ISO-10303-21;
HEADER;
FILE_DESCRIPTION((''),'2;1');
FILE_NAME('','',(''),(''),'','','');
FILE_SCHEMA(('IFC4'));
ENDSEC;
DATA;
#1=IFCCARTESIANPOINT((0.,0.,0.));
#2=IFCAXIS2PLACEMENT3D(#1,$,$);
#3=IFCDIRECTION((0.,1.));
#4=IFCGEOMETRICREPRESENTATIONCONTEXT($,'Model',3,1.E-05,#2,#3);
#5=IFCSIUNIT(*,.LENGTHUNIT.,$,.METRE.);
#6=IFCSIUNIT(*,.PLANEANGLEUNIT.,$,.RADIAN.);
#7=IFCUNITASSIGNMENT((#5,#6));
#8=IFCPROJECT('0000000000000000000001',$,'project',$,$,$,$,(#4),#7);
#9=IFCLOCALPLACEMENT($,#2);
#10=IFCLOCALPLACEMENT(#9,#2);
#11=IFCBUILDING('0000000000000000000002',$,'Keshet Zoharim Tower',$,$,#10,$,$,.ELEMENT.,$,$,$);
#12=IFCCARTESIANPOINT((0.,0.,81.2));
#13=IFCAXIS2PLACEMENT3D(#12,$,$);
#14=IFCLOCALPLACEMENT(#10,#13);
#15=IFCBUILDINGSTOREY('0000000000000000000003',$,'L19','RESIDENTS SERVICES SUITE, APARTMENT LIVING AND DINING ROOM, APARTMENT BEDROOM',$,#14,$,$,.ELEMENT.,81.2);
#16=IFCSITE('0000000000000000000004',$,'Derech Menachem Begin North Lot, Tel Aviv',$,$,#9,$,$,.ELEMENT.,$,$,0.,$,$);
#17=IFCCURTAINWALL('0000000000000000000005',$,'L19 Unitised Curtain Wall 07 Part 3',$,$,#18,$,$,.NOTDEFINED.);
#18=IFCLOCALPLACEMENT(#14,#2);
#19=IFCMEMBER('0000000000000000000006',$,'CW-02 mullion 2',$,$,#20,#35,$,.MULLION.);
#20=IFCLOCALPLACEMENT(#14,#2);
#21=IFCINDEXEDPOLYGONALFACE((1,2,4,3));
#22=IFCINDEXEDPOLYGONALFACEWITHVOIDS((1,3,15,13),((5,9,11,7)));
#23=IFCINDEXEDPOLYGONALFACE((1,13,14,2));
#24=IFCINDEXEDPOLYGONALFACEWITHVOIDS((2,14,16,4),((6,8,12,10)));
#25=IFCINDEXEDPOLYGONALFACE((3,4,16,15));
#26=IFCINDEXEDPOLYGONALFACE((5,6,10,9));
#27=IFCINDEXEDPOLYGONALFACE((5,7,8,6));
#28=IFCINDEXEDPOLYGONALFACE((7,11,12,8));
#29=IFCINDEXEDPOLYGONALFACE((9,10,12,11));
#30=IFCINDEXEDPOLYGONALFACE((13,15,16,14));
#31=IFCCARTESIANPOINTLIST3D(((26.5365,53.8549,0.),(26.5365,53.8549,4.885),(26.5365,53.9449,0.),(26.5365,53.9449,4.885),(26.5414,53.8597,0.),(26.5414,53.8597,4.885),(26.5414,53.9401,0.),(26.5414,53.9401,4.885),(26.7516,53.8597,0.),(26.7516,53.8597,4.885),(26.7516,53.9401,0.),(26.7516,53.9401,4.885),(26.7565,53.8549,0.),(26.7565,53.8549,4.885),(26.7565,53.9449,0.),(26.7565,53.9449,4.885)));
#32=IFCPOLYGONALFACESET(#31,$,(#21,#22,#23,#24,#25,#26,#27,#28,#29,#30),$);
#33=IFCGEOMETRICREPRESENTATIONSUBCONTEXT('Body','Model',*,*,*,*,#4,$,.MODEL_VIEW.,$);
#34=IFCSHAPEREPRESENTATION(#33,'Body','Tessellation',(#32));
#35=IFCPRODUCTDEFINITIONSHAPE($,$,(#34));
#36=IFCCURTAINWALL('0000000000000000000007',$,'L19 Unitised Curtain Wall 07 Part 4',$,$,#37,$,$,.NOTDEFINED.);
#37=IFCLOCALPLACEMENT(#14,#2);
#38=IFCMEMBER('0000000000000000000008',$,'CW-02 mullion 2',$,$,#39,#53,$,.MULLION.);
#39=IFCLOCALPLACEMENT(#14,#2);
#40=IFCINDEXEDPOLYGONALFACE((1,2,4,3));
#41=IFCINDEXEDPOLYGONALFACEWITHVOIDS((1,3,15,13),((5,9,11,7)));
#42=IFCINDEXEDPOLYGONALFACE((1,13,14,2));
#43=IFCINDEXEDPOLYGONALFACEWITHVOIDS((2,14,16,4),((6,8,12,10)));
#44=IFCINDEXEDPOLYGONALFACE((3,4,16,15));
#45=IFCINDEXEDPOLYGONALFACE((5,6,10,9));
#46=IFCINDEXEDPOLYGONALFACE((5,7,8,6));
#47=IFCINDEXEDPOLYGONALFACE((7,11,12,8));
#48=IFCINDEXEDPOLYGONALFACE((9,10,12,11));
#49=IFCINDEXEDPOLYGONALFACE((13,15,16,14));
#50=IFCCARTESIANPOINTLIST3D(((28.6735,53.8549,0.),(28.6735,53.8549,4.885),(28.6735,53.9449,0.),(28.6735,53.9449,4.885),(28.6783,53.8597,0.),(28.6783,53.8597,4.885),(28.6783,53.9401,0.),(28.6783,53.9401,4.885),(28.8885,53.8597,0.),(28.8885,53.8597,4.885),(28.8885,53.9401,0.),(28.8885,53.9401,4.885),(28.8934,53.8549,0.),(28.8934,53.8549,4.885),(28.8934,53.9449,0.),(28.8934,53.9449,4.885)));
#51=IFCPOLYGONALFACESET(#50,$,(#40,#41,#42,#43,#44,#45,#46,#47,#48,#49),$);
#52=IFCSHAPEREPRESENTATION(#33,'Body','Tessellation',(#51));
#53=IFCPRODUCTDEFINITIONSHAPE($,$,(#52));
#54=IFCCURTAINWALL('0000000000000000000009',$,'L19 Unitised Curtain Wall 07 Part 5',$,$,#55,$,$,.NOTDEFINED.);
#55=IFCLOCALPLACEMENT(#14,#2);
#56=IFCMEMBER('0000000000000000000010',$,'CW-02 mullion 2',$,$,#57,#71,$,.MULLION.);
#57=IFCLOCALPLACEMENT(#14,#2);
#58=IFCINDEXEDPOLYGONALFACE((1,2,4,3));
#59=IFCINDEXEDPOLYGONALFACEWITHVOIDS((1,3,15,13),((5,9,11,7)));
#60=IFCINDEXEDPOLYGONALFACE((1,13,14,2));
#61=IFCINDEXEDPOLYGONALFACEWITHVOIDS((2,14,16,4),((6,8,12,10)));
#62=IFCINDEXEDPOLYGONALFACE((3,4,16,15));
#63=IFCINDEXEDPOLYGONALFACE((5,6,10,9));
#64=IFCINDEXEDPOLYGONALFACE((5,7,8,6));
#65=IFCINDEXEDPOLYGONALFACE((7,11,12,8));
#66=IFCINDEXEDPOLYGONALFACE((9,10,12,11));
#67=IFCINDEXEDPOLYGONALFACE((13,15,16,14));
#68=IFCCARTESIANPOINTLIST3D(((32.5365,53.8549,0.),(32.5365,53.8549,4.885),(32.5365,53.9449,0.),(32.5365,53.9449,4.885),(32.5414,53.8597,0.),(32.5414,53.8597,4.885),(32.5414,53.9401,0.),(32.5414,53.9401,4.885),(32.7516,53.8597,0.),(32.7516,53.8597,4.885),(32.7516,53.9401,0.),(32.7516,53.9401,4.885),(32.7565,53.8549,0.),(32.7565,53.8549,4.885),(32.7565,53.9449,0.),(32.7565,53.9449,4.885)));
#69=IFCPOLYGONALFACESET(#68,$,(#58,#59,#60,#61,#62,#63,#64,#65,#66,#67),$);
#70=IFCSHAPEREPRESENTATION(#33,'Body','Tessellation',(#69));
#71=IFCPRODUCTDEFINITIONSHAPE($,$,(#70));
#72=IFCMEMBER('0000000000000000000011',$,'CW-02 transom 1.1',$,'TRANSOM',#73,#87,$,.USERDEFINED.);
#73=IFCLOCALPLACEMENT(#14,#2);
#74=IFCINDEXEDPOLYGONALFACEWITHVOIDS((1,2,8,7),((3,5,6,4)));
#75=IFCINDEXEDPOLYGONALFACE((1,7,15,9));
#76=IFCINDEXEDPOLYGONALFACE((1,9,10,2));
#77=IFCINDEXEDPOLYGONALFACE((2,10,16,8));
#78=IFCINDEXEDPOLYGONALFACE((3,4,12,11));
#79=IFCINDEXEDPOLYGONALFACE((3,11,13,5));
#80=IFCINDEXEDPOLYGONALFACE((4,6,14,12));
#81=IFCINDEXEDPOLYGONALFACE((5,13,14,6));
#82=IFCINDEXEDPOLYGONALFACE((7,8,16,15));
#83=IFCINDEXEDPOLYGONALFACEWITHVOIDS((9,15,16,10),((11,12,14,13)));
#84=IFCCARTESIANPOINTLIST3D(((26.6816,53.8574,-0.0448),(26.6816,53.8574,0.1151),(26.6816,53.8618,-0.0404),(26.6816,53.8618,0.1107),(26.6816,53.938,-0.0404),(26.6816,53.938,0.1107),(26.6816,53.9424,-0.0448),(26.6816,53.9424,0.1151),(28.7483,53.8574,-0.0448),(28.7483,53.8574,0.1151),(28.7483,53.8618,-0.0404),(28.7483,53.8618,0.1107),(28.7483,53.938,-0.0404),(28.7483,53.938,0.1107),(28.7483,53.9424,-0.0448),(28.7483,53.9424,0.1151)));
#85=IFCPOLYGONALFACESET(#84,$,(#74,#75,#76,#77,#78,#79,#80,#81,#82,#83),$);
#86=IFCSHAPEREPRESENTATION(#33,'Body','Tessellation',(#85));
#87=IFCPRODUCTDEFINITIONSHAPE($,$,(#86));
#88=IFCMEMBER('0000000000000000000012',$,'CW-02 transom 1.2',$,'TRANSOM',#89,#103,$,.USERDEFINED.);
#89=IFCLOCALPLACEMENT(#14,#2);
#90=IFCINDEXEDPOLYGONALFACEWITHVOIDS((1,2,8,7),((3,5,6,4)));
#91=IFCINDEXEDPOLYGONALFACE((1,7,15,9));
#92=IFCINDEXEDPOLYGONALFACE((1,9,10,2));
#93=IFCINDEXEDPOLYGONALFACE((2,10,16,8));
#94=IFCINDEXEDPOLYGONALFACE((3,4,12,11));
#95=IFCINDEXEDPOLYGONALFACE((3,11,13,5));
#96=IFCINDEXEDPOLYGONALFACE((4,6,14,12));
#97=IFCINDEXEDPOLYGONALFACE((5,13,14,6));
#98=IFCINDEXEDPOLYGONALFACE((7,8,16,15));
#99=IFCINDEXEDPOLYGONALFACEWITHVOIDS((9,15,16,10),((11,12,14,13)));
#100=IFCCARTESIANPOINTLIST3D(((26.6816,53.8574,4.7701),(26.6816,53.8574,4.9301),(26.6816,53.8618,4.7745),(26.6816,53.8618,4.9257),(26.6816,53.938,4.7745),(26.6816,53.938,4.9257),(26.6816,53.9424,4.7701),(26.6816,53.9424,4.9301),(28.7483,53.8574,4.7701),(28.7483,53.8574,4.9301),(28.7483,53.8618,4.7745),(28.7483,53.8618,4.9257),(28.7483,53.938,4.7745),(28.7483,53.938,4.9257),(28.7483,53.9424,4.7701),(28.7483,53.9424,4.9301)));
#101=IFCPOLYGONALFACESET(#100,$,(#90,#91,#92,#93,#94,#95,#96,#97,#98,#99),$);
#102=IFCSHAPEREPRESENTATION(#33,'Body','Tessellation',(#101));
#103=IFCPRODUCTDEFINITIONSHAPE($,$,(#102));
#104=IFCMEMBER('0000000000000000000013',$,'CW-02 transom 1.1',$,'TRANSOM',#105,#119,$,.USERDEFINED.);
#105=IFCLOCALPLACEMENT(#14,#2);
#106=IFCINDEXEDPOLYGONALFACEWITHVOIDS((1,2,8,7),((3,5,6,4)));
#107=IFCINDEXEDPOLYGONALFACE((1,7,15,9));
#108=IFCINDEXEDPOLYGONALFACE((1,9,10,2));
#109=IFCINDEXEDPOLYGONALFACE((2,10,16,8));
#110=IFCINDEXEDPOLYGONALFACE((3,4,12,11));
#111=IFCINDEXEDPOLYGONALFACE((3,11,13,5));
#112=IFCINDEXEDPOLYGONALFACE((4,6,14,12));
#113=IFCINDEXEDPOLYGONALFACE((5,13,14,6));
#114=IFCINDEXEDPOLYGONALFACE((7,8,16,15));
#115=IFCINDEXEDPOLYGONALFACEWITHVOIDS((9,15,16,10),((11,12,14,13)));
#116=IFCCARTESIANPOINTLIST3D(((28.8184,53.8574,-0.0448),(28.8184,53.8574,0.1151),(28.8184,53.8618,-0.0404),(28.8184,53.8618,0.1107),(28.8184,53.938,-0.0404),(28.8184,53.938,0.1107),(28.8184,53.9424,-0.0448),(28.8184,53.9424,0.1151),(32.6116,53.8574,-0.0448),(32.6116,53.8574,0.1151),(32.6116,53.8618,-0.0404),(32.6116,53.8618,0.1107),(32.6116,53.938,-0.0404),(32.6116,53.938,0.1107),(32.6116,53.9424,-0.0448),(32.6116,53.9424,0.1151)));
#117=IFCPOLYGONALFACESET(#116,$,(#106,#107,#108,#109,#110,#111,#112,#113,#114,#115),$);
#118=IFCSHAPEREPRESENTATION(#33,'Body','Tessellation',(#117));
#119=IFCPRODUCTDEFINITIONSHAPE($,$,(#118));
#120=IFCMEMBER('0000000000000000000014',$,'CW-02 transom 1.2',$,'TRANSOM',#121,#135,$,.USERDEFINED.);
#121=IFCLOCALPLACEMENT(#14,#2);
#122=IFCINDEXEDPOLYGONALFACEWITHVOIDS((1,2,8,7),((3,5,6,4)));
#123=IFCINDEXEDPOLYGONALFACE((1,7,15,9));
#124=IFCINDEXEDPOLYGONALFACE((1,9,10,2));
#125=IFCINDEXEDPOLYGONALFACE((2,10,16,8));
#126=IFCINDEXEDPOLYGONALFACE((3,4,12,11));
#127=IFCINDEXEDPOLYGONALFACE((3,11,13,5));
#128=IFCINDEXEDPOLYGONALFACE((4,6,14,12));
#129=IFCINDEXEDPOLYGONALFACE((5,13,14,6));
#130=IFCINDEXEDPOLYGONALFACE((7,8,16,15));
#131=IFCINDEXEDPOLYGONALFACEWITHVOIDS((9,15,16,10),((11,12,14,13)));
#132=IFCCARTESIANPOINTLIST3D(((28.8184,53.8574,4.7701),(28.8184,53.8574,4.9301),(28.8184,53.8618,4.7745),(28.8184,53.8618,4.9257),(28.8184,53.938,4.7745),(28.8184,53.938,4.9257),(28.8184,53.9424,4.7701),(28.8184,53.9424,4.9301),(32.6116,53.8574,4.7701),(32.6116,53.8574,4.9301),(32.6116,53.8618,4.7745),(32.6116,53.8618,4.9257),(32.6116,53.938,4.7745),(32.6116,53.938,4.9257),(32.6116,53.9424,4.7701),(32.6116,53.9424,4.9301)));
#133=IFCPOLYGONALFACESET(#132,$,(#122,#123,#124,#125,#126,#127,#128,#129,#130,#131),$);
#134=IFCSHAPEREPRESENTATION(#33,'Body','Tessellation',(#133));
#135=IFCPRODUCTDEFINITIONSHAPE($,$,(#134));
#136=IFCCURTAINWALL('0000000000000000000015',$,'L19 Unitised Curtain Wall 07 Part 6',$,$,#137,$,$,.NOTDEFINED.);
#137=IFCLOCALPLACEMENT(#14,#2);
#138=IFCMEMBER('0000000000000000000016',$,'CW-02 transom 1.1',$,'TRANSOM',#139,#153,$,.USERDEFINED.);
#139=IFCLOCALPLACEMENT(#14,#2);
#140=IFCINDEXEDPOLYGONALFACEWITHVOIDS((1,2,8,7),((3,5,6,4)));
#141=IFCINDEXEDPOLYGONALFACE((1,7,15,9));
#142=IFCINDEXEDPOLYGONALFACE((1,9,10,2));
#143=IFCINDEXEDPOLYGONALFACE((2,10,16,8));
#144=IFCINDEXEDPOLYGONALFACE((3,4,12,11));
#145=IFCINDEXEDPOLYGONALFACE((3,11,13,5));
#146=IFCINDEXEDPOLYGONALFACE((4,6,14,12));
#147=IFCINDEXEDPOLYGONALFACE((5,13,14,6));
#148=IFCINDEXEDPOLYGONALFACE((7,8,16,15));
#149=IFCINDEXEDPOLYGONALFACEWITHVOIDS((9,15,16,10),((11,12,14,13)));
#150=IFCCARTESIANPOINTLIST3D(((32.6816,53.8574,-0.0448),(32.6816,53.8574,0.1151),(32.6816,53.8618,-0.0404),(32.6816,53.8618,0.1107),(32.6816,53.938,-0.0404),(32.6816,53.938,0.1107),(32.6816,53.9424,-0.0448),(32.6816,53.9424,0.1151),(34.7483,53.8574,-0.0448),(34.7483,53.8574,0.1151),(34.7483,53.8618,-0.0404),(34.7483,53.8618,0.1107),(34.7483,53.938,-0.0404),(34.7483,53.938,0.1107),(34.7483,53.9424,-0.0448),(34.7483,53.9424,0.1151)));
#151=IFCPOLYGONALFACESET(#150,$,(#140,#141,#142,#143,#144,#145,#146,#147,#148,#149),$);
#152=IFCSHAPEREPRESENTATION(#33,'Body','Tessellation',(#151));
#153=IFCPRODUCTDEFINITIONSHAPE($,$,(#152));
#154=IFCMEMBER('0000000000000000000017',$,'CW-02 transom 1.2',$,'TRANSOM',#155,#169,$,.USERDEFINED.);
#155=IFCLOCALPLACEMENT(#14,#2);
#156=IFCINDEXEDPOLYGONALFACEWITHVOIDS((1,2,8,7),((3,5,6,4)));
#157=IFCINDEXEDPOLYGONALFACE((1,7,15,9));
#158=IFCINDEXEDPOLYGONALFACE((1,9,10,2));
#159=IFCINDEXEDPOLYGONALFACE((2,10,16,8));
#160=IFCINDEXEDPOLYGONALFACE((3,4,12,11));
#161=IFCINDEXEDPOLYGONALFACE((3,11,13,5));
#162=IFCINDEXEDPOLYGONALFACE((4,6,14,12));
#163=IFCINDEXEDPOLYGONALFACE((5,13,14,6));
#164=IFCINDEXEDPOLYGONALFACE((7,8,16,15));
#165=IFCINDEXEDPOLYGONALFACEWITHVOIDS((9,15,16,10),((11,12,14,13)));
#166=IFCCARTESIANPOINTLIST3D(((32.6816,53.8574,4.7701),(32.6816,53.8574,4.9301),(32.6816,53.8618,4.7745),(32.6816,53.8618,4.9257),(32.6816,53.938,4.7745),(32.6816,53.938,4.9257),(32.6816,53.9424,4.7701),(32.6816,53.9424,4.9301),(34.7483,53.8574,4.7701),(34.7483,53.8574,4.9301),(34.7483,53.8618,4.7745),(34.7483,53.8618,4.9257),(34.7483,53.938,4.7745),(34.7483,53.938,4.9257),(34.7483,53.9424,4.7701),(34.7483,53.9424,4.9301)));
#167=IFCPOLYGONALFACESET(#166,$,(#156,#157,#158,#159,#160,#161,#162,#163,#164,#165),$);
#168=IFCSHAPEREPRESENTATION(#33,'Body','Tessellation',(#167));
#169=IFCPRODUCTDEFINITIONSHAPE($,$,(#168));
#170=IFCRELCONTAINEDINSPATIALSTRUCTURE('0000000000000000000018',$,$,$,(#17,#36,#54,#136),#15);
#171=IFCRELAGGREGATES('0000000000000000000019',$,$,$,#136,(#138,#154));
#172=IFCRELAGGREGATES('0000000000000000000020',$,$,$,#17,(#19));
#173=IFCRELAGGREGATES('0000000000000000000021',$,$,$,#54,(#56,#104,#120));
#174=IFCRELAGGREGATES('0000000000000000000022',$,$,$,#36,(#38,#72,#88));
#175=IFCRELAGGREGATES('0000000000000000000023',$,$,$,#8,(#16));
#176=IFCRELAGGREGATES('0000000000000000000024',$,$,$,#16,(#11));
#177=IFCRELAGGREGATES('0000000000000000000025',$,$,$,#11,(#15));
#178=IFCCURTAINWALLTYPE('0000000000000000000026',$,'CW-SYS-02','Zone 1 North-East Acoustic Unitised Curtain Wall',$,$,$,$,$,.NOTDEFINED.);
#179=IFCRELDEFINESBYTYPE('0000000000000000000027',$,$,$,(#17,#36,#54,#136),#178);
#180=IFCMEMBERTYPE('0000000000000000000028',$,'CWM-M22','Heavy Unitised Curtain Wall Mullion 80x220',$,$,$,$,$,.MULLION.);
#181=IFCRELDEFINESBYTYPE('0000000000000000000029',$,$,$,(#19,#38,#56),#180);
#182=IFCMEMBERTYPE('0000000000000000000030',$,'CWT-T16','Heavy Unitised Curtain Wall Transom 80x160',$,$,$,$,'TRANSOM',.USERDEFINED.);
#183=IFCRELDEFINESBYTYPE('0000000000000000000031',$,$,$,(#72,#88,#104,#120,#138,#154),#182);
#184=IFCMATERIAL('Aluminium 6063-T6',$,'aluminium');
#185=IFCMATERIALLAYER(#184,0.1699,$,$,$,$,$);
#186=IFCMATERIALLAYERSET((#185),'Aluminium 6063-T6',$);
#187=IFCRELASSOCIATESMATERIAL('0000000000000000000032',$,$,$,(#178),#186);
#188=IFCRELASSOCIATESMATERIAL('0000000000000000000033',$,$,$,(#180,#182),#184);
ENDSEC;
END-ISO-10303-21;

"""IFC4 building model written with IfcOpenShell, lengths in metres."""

from ifc_helpers import new_model, si_unit, direction, frame, origin, origin_2d, place, context, subcontext, project, spatial, hollow_rectangle, extrude, material, layer, layer_set, material_profile, profile_set, type_object, element, aggregate, save


model = new_model("IFC4")

# Units and contexts
model_context = context("Model", 3, precision=1e-05, world=origin(), true_north=direction((0.0, 1.0)))
body_context = subcontext(model_context, "Body", "Model", "MODEL_VIEW")
ifc_project = project(units=[si_unit("LENGTHUNIT", "METRE"), si_unit("PLANEANGLEUNIT", "RADIAN")], contexts=[model_context])

# Site, building, storey
site_placement = place(None, origin())
site = spatial("IfcSite", under=ifc_project, at=site_placement, Name="Derech Menachem Begin North Lot, Tel Aviv", CompositionType="ELEMENT", RefElevation=0.0)
building_placement = place(site_placement, origin())
building = spatial("IfcBuilding", under=site, at=building_placement, Name="Keshet Zoharim Tower", CompositionType="ELEMENT")
storey_placement = place(building_placement, frame((0.0, 0.0, 81.2)))
storey = spatial("IfcBuildingStorey", under=building, at=storey_placement, Name="L19", Description="RESIDENTS SERVICES SUITE, APARTMENT LIVING AND DINING ROOM, APARTMENT BEDROOM", CompositionType="ELEMENT", Elevation=81.2)

# Curtain walls, members
ifc_material_1 = material(Name="Aluminium 6063-T6", Category="aluminium")
ifc_layer_1 = layer(ifc_material_1, 0.1699)
ifc_layer_set_1 = layer_set([ifc_layer_1], Name="Aluminium 6063-T6")
curtain_wall_type = type_object("IfcCurtainWallType", Name="CW-SYS-02", Description="Zone 1 North-East Acoustic Unitised Curtain Wall", PredefinedType="NOTDEFINED", material=ifc_layer_set_1)
curtain_wall_1_placement = place(storey_placement, origin())
curtain_wall_1 = element("IfcCurtainWall", 1, at=curtain_wall_1_placement, inside=storey, type_object=curtain_wall_type, Name="L19 Unitised Curtain Wall 07 Part 3", PredefinedType="NOTDEFINED")
ifc_material_profile_1 = material_profile(ifc_material_1, hollow_rectangle(XDim=0.0901, YDim=0.22, WallThickness=0.0049, at=origin_2d()), Name="MUL-90x220")
ifc_profile_set_1 = profile_set([ifc_material_profile_1], Name="Aluminium 6063-T6")
member_type_1 = type_object("IfcMemberType", Name="CWM-M22", Description="Heavy Unitised Curtain Wall Mullion 80x220", PredefinedType="MULLION", material=ifc_profile_set_1)
member_1_placement = place(storey_placement, frame((26.6465, 53.8999, 0.0), z_axis=(0.0, 0.0, 1.0), x_axis=(0.0, 1.0, 0.0)))
member_1 = element("IfcMember", 2, at=member_1_placement, type_object=member_type_1, Name="CW-02 mullion 2", PredefinedType="MULLION", context=body_context, shape_type="SweptSolid", body=[
    extrude(hollow_rectangle(XDim=0.0901, YDim=0.22, WallThickness=0.0049, at=origin_2d()), origin(), (0.0, 0.0, 1.0), 4.885),
])
curtain_wall_2_placement = place(storey_placement, origin())
curtain_wall_2 = element("IfcCurtainWall", 3, at=curtain_wall_2_placement, inside=storey, type_object=curtain_wall_type, Name="L19 Unitised Curtain Wall 07 Part 4", PredefinedType="NOTDEFINED")
member_2_placement = place(storey_placement, frame((28.7834, 53.8999, 0.0), z_axis=(0.0, 0.0, 1.0), x_axis=(0.0, 1.0, 0.0)))
member_2 = element("IfcMember", 4, at=member_2_placement, type_object=member_type_1, Name="CW-02 mullion 2", PredefinedType="MULLION", context=body_context, shape_type="SweptSolid", body=[
    extrude(hollow_rectangle(XDim=0.0901, YDim=0.22, WallThickness=0.0049, at=origin_2d()), origin(), (0.0, 0.0, 1.0), 4.885),
])
curtain_wall_3_placement = place(storey_placement, origin())
curtain_wall_3 = element("IfcCurtainWall", 5, at=curtain_wall_3_placement, inside=storey, type_object=curtain_wall_type, Name="L19 Unitised Curtain Wall 07 Part 5", PredefinedType="NOTDEFINED")
member_3_placement = place(storey_placement, frame((32.6465, 53.8999, 0.0), z_axis=(0.0, 0.0, 1.0), x_axis=(0.0, 1.0, 0.0)))
member_3 = element("IfcMember", 6, at=member_3_placement, type_object=member_type_1, Name="CW-02 mullion 2", PredefinedType="MULLION", context=body_context, shape_type="SweptSolid", body=[
    extrude(hollow_rectangle(XDim=0.0901, YDim=0.22, WallThickness=0.0049, at=origin_2d()), origin(), (0.0, 0.0, 1.0), 4.885),
])

# Members
ifc_material_profile_2 = material_profile(ifc_material_1, hollow_rectangle(XDim=0.085, YDim=0.1599, WallThickness=0.0044, at=origin_2d()), Name="TRN-85x160")
ifc_profile_set_2 = profile_set([ifc_material_profile_2], Name="Aluminium 6063-T6")
member_type_2 = type_object("IfcMemberType", Name="CWT-T16", Description="Heavy Unitised Curtain Wall Transom 80x160", ElementType="TRANSOM", PredefinedType="USERDEFINED", material=ifc_profile_set_2)
member_4_placement = place(storey_placement, frame((26.6816, 53.8999, 0.0352), z_axis=(1.0, 0.0, 0.0), x_axis=(0.0, 1.0, 0.0)))
member_4 = element("IfcMember", 7, at=member_4_placement, type_object=member_type_2, Name="CW-02 transom 1.1", ObjectType="TRANSOM", PredefinedType="USERDEFINED", context=body_context, shape_type="SweptSolid", body=[
    extrude(hollow_rectangle(XDim=0.085, YDim=0.1599, WallThickness=0.0044, at=origin_2d()), origin(), (0.0, 0.0, 1.0), 2.0667),
])
member_5_placement = place(storey_placement, frame((26.6816, 53.8999, 4.8501), z_axis=(1.0, 0.0, 0.0), x_axis=(0.0, 1.0, 0.0)))
member_5 = element("IfcMember", 8, at=member_5_placement, type_object=member_type_2, Name="CW-02 transom 1.2", ObjectType="TRANSOM", PredefinedType="USERDEFINED", context=body_context, shape_type="SweptSolid", body=[
    extrude(hollow_rectangle(XDim=0.085, YDim=0.1599, WallThickness=0.0044, at=origin_2d()), origin(), (0.0, 0.0, 1.0), 2.0667),
])
member_6_placement = place(storey_placement, frame((28.8184, 53.8999, 0.0352), z_axis=(1.0, 0.0, 0.0), x_axis=(0.0, 1.0, 0.0)))
member_6 = element("IfcMember", 9, at=member_6_placement, type_object=member_type_2, Name="CW-02 transom 1.1", ObjectType="TRANSOM", PredefinedType="USERDEFINED", context=body_context, shape_type="SweptSolid", body=[
    extrude(hollow_rectangle(XDim=0.085, YDim=0.1599, WallThickness=0.0044, at=origin_2d()), origin(), (0.0, 0.0, 1.0), 3.7932),
])
member_7_placement = place(storey_placement, frame((28.8184, 53.8999, 4.8501), z_axis=(1.0, 0.0, 0.0), x_axis=(0.0, 1.0, 0.0)))
member_7 = element("IfcMember", 10, at=member_7_placement, type_object=member_type_2, Name="CW-02 transom 1.2", ObjectType="TRANSOM", PredefinedType="USERDEFINED", context=body_context, shape_type="SweptSolid", body=[
    extrude(hollow_rectangle(XDim=0.085, YDim=0.1599, WallThickness=0.0044, at=origin_2d()), origin(), (0.0, 0.0, 1.0), 3.7932),
])

# Curtain wall, members
curtain_wall_4_placement = place(storey_placement, origin())
curtain_wall_4 = element("IfcCurtainWall", 11, at=curtain_wall_4_placement, inside=storey, type_object=curtain_wall_type, Name="L19 Unitised Curtain Wall 07 Part 6", PredefinedType="NOTDEFINED")
member_8_placement = place(storey_placement, frame((32.6816, 53.8999, 0.0352), z_axis=(1.0, 0.0, 0.0), x_axis=(0.0, 1.0, 0.0)))
member_8 = element("IfcMember", 12, at=member_8_placement, type_object=member_type_2, Name="CW-02 transom 1.1", ObjectType="TRANSOM", PredefinedType="USERDEFINED", context=body_context, shape_type="SweptSolid", body=[
    extrude(hollow_rectangle(XDim=0.085, YDim=0.1599, WallThickness=0.0044, at=origin_2d()), origin(), (0.0, 0.0, 1.0), 2.0667),
])
member_9_placement = place(storey_placement, frame((32.6816, 53.8999, 4.8501), z_axis=(1.0, 0.0, 0.0), x_axis=(0.0, 1.0, 0.0)))
member_9 = element("IfcMember", 13, at=member_9_placement, type_object=member_type_2, Name="CW-02 transom 1.2", ObjectType="TRANSOM", PredefinedType="USERDEFINED", context=body_context, shape_type="SweptSolid", body=[
    extrude(hollow_rectangle(XDim=0.085, YDim=0.1599, WallThickness=0.0044, at=origin_2d()), origin(), (0.0, 0.0, 1.0), 2.0667),
])
aggregate(curtain_wall_4, [member_8, member_9])

aggregate(curtain_wall_1, [member_1])
aggregate(curtain_wall_3, [member_3, member_6, member_7])
aggregate(curtain_wall_2, [member_2, member_4, member_5])

save(model, "model.ifc")
